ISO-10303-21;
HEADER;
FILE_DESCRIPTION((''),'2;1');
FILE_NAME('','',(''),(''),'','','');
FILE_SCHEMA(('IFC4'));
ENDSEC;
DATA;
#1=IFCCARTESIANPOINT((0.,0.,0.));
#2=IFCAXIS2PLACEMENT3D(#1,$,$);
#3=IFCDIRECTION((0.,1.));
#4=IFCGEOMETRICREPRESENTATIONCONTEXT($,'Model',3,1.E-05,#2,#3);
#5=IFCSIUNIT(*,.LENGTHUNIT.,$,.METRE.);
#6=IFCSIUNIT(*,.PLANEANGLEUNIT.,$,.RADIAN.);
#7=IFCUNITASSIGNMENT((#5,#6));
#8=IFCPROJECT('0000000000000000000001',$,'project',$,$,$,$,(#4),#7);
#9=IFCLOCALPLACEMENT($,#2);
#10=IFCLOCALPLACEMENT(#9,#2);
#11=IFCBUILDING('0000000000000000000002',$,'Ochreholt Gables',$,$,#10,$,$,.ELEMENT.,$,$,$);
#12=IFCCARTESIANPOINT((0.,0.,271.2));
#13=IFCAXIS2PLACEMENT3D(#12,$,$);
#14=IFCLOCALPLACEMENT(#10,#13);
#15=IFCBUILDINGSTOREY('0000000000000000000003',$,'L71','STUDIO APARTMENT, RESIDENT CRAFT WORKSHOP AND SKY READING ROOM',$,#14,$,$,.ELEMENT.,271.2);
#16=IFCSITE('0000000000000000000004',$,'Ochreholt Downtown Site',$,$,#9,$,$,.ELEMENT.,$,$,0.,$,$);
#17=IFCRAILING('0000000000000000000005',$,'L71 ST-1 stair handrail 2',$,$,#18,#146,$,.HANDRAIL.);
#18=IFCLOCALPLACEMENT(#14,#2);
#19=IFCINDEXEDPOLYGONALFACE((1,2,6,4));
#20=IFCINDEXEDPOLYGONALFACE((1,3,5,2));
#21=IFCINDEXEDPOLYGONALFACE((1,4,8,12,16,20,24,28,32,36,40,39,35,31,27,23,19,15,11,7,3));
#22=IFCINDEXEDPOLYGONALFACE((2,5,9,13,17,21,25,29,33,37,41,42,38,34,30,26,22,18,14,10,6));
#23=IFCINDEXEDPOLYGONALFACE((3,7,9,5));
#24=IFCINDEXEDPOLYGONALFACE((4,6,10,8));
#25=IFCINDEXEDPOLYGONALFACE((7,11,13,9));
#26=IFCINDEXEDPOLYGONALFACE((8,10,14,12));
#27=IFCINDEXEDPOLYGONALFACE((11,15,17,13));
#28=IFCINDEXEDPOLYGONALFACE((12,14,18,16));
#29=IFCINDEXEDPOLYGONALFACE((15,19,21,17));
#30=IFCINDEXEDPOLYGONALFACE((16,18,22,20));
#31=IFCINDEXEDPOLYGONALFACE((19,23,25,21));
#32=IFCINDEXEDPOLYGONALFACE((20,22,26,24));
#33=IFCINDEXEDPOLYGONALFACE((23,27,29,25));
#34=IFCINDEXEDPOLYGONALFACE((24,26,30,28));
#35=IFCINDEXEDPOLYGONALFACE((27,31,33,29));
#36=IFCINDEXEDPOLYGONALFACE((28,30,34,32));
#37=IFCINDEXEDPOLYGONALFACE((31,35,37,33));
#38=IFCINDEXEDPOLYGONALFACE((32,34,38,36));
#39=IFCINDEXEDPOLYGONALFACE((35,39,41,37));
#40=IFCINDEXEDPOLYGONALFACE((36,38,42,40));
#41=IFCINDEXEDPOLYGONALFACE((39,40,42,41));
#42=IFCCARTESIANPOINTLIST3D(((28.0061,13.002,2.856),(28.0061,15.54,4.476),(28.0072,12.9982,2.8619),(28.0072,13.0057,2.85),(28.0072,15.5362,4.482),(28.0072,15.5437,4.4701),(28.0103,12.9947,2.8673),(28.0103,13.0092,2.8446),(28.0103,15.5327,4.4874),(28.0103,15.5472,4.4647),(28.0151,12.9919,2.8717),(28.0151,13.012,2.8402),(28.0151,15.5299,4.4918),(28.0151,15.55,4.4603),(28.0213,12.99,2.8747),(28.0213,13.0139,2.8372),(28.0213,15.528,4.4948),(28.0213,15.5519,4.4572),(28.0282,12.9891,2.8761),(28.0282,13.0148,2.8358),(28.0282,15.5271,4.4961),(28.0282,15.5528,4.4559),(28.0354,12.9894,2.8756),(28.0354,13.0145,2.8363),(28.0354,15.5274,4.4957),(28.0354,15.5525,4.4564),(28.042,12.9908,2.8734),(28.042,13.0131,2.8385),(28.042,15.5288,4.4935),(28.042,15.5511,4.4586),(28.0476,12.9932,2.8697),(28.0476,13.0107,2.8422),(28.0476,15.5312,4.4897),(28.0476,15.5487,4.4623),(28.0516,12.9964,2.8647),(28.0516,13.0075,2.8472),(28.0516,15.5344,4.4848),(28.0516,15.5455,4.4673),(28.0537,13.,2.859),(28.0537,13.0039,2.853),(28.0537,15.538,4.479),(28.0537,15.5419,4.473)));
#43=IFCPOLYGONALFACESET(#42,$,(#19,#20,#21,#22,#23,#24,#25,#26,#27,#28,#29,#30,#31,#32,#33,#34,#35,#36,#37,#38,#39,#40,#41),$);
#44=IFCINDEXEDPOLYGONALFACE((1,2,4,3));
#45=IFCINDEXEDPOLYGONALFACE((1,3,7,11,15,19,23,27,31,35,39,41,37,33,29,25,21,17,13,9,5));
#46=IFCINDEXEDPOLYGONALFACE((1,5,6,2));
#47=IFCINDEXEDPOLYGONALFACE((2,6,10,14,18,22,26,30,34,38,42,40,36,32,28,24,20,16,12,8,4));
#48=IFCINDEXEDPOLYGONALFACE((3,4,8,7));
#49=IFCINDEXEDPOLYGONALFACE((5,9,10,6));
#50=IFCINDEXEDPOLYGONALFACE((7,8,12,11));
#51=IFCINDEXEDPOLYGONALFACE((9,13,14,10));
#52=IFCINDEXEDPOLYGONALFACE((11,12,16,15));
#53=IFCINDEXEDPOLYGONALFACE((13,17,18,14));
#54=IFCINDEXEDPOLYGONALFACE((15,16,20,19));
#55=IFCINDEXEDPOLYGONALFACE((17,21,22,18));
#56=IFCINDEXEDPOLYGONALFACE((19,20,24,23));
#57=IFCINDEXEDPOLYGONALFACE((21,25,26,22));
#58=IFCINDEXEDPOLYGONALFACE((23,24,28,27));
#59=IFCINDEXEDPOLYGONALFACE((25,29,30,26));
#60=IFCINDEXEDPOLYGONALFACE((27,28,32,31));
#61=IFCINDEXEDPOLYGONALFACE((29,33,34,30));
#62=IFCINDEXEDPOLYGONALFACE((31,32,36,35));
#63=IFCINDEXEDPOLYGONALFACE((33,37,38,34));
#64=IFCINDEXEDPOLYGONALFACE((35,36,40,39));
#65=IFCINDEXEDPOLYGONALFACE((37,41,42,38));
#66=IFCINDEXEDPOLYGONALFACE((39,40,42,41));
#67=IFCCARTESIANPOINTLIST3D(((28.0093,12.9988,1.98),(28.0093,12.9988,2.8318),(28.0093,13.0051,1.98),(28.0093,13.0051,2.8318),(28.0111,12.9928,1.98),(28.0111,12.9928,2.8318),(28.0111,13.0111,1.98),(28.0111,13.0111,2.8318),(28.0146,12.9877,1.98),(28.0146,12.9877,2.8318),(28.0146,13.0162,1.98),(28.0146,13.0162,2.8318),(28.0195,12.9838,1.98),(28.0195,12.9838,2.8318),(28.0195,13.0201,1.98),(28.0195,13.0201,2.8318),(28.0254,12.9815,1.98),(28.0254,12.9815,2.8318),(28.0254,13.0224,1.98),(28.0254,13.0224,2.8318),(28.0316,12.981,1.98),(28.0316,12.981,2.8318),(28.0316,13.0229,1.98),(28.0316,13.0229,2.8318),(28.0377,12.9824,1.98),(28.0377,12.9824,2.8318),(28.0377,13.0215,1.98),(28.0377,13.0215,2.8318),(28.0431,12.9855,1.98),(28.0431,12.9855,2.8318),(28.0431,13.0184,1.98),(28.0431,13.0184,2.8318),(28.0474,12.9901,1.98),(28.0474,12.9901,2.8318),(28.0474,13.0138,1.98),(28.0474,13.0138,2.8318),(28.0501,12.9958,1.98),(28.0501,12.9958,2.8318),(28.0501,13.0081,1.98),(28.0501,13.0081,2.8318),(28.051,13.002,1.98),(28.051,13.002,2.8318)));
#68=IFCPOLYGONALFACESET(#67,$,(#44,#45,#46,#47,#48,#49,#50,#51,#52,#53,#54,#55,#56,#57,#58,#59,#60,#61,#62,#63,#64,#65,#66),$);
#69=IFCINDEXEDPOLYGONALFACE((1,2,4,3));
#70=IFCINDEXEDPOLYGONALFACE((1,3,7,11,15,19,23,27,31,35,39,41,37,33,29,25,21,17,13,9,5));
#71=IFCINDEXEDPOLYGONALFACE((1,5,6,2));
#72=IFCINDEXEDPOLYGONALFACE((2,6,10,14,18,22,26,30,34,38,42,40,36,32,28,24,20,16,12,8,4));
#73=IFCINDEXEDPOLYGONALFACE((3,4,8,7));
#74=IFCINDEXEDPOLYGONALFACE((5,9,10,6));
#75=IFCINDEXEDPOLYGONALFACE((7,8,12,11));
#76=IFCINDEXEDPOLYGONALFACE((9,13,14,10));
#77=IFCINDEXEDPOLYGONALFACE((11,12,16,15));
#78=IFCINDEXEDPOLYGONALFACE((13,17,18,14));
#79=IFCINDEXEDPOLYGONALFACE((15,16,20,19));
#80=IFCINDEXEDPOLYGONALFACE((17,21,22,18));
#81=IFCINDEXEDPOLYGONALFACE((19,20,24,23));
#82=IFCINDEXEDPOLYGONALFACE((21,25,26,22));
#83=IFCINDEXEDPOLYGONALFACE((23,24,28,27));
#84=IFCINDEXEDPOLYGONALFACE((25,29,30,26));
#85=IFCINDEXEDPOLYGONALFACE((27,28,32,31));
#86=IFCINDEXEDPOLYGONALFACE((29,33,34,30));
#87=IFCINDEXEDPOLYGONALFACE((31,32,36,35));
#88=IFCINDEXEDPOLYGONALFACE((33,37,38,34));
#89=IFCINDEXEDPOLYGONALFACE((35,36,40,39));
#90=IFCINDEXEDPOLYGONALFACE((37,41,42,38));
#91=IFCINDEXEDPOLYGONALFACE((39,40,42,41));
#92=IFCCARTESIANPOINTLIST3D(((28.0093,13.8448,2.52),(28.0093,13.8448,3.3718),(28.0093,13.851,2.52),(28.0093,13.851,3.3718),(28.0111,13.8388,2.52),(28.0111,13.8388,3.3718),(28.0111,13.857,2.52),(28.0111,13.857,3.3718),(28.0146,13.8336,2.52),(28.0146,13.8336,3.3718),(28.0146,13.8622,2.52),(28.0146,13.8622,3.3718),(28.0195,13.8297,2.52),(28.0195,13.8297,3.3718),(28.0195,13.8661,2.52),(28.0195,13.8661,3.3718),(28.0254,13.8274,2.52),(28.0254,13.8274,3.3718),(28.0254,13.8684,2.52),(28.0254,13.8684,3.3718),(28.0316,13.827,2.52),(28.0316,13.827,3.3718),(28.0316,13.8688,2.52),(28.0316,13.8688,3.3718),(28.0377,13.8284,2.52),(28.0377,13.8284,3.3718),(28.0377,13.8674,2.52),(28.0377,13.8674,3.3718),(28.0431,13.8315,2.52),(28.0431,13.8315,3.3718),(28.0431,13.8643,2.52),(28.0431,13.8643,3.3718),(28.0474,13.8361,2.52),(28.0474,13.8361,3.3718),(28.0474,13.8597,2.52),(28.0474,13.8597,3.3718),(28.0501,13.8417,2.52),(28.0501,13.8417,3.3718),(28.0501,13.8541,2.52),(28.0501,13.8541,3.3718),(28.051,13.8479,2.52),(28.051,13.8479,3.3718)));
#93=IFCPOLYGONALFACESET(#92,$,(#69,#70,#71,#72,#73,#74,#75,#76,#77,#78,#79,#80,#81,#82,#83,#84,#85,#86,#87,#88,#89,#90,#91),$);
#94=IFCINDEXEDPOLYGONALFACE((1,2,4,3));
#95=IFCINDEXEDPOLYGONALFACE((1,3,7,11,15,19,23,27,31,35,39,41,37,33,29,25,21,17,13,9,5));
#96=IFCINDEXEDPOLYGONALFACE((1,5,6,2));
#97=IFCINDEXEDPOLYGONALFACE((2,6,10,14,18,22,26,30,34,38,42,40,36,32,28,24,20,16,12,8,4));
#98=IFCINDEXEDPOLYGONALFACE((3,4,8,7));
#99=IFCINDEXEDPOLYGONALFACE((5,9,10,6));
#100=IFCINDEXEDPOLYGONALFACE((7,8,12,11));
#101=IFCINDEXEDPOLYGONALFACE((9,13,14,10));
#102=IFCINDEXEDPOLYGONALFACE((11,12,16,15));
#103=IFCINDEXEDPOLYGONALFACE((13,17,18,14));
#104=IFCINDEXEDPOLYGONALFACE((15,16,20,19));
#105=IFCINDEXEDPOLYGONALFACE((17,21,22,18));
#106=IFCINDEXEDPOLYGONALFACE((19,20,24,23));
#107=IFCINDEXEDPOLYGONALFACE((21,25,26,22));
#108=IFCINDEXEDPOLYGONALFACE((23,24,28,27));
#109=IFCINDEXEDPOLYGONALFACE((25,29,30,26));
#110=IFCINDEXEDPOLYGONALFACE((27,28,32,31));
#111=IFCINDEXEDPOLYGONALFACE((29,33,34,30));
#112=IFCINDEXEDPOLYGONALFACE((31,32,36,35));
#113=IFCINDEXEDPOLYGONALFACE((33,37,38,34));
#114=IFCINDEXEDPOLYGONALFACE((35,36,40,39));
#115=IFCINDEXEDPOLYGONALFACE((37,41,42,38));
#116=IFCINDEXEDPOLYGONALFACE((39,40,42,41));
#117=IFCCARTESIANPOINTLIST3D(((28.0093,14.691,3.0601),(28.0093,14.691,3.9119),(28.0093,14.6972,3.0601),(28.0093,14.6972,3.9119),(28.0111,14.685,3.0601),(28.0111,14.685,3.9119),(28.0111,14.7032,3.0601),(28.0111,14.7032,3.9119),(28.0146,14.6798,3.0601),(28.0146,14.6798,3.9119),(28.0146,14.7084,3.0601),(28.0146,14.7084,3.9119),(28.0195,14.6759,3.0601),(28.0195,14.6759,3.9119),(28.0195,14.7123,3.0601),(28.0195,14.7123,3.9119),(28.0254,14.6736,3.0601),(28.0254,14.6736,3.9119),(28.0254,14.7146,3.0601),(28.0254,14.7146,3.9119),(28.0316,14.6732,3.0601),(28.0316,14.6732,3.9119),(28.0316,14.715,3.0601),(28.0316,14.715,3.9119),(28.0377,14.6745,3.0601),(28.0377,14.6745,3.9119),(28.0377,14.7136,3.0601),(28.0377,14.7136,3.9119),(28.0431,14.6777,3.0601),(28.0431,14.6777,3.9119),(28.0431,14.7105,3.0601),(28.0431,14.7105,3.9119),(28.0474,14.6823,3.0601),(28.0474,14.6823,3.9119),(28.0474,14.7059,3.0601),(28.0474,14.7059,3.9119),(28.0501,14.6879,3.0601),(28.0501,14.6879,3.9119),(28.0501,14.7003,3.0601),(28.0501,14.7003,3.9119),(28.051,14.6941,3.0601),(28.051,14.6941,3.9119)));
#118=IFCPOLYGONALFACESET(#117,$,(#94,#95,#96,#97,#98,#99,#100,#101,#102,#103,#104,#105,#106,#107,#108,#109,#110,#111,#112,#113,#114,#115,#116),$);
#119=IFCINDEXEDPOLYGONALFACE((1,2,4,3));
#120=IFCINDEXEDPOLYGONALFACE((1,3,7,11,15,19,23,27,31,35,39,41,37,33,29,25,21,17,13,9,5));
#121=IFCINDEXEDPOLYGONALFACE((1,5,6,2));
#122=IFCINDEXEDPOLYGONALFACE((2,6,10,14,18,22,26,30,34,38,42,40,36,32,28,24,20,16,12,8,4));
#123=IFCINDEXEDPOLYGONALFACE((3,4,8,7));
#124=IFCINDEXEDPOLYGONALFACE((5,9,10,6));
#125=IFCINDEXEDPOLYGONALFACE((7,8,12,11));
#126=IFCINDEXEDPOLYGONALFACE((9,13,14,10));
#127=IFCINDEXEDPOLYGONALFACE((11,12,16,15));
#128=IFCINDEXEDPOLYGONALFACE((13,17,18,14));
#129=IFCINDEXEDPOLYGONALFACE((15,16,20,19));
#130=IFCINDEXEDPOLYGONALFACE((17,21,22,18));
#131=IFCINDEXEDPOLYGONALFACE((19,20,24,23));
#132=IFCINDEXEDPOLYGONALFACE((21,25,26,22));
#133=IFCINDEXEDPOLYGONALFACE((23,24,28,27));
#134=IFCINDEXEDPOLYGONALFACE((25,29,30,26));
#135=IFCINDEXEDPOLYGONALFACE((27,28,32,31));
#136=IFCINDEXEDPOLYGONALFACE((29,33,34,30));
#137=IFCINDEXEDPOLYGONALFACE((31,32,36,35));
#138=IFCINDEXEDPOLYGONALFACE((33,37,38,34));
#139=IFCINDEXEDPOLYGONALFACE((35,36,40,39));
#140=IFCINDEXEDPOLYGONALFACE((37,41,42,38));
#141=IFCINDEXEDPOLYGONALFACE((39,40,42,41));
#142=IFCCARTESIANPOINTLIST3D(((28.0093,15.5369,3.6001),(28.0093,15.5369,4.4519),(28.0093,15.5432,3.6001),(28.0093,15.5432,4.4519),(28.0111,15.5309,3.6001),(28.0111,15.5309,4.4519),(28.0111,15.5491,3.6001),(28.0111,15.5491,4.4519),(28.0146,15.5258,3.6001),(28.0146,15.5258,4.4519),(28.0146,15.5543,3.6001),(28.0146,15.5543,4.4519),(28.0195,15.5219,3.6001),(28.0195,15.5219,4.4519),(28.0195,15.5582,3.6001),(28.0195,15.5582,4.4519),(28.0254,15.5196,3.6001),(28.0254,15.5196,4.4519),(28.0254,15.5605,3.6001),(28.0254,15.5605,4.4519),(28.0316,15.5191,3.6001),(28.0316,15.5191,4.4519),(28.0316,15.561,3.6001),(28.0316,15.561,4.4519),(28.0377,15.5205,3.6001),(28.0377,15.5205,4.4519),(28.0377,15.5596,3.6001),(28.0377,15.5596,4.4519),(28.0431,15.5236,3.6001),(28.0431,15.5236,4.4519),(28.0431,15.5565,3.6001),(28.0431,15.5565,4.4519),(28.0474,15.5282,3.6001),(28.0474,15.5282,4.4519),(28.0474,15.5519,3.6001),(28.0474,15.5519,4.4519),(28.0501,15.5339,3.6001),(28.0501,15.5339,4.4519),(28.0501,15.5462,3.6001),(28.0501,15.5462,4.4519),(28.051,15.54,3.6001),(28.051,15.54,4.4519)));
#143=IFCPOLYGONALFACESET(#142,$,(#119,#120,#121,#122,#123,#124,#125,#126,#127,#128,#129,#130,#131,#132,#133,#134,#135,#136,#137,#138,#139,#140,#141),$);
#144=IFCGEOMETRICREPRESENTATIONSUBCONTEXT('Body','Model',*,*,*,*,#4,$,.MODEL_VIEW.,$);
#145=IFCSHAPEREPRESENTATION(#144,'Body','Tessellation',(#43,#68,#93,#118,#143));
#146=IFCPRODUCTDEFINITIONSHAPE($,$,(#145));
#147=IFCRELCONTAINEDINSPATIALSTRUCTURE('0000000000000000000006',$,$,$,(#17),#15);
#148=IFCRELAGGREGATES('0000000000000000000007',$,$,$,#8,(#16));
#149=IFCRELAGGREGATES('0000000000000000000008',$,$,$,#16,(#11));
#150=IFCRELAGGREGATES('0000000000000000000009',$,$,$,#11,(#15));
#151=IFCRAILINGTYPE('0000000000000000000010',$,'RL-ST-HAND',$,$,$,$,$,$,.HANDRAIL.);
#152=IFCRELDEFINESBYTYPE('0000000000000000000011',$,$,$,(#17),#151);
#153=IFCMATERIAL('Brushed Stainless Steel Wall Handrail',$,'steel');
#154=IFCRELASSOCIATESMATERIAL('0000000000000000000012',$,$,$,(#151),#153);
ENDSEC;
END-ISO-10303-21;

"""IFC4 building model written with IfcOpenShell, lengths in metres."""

from ifc_helpers import new_model, si_unit, direction, frame, origin, origin_2d, place, context, subcontext, project, spatial, circle, extrude, material, type_object, element, save


model = new_model("IFC4")

# Units and contexts
model_context = context("Model", 3, precision=1e-05, world=origin(), true_north=direction((0.0, 1.0)))
body_context = subcontext(model_context, "Body", "Model", "MODEL_VIEW")
ifc_project = project(units=[si_unit("LENGTHUNIT", "METRE"), si_unit("PLANEANGLEUNIT", "RADIAN")], contexts=[model_context])

# Site, building, storey
site_placement = place(None, origin())
site = spatial("IfcSite", under=ifc_project, at=site_placement, Name="Ochreholt Downtown Site", CompositionType="ELEMENT", RefElevation=0.0)
building_placement = place(site_placement, origin())
building = spatial("IfcBuilding", under=site, at=building_placement, Name="Ochreholt Gables", CompositionType="ELEMENT")
storey_placement = place(building_placement, frame((0.0, 0.0, 271.2)))
storey = spatial("IfcBuildingStorey", under=building, at=storey_placement, Name="L71", Description="STUDIO APARTMENT, RESIDENT CRAFT WORKSHOP AND SKY READING ROOM", CompositionType="ELEMENT", Elevation=271.2)

# Railing
ifc_material_1 = material(Name="Brushed Stainless Steel Wall Handrail", Category="steel")
railing_type_1 = type_object("IfcRailingType", Name="RL-ST-HAND", PredefinedType="HANDRAIL", material=ifc_material_1)
railing_1_placement = place(storey_placement, frame((28.03, 13.002, 1.98)))
element("IfcRailing", 1, at=railing_1_placement, inside=storey, type_object=railing_type_1, Name="L71 ST-1 stair handrail 2", PredefinedType="HANDRAIL", context=body_context, shape_type="SweptSolid", body=[
    extrude(circle(Radius=0.0239, at=origin_2d()), frame((0.0, 0.0, 0.876), z_axis=(0.0, 0.842913, 0.53805), x_axis=(-1.0, 0.0, 0.0)), (0.0, 0.0, 1.0), 3.011),
    extrude(circle(Radius=0.021, at=origin_2d()), origin(), (0.0, 0.0, 1.0), 0.8518),
    extrude(circle(Radius=0.021, at=origin_2d()), frame((0.0, 0.8459, 0.54)), (0.0, 0.0, 1.0), 0.8518),
    extrude(circle(Radius=0.021, at=origin_2d()), frame((0.0, 1.6921, 1.0801)), (0.0, 0.0, 1.0), 0.8518),
    extrude(circle(Radius=0.021, at=origin_2d()), frame((0.0, 2.5381, 1.6201)), (0.0, 0.0, 1.0), 0.8518),
])

save(model, "model.ifc")
